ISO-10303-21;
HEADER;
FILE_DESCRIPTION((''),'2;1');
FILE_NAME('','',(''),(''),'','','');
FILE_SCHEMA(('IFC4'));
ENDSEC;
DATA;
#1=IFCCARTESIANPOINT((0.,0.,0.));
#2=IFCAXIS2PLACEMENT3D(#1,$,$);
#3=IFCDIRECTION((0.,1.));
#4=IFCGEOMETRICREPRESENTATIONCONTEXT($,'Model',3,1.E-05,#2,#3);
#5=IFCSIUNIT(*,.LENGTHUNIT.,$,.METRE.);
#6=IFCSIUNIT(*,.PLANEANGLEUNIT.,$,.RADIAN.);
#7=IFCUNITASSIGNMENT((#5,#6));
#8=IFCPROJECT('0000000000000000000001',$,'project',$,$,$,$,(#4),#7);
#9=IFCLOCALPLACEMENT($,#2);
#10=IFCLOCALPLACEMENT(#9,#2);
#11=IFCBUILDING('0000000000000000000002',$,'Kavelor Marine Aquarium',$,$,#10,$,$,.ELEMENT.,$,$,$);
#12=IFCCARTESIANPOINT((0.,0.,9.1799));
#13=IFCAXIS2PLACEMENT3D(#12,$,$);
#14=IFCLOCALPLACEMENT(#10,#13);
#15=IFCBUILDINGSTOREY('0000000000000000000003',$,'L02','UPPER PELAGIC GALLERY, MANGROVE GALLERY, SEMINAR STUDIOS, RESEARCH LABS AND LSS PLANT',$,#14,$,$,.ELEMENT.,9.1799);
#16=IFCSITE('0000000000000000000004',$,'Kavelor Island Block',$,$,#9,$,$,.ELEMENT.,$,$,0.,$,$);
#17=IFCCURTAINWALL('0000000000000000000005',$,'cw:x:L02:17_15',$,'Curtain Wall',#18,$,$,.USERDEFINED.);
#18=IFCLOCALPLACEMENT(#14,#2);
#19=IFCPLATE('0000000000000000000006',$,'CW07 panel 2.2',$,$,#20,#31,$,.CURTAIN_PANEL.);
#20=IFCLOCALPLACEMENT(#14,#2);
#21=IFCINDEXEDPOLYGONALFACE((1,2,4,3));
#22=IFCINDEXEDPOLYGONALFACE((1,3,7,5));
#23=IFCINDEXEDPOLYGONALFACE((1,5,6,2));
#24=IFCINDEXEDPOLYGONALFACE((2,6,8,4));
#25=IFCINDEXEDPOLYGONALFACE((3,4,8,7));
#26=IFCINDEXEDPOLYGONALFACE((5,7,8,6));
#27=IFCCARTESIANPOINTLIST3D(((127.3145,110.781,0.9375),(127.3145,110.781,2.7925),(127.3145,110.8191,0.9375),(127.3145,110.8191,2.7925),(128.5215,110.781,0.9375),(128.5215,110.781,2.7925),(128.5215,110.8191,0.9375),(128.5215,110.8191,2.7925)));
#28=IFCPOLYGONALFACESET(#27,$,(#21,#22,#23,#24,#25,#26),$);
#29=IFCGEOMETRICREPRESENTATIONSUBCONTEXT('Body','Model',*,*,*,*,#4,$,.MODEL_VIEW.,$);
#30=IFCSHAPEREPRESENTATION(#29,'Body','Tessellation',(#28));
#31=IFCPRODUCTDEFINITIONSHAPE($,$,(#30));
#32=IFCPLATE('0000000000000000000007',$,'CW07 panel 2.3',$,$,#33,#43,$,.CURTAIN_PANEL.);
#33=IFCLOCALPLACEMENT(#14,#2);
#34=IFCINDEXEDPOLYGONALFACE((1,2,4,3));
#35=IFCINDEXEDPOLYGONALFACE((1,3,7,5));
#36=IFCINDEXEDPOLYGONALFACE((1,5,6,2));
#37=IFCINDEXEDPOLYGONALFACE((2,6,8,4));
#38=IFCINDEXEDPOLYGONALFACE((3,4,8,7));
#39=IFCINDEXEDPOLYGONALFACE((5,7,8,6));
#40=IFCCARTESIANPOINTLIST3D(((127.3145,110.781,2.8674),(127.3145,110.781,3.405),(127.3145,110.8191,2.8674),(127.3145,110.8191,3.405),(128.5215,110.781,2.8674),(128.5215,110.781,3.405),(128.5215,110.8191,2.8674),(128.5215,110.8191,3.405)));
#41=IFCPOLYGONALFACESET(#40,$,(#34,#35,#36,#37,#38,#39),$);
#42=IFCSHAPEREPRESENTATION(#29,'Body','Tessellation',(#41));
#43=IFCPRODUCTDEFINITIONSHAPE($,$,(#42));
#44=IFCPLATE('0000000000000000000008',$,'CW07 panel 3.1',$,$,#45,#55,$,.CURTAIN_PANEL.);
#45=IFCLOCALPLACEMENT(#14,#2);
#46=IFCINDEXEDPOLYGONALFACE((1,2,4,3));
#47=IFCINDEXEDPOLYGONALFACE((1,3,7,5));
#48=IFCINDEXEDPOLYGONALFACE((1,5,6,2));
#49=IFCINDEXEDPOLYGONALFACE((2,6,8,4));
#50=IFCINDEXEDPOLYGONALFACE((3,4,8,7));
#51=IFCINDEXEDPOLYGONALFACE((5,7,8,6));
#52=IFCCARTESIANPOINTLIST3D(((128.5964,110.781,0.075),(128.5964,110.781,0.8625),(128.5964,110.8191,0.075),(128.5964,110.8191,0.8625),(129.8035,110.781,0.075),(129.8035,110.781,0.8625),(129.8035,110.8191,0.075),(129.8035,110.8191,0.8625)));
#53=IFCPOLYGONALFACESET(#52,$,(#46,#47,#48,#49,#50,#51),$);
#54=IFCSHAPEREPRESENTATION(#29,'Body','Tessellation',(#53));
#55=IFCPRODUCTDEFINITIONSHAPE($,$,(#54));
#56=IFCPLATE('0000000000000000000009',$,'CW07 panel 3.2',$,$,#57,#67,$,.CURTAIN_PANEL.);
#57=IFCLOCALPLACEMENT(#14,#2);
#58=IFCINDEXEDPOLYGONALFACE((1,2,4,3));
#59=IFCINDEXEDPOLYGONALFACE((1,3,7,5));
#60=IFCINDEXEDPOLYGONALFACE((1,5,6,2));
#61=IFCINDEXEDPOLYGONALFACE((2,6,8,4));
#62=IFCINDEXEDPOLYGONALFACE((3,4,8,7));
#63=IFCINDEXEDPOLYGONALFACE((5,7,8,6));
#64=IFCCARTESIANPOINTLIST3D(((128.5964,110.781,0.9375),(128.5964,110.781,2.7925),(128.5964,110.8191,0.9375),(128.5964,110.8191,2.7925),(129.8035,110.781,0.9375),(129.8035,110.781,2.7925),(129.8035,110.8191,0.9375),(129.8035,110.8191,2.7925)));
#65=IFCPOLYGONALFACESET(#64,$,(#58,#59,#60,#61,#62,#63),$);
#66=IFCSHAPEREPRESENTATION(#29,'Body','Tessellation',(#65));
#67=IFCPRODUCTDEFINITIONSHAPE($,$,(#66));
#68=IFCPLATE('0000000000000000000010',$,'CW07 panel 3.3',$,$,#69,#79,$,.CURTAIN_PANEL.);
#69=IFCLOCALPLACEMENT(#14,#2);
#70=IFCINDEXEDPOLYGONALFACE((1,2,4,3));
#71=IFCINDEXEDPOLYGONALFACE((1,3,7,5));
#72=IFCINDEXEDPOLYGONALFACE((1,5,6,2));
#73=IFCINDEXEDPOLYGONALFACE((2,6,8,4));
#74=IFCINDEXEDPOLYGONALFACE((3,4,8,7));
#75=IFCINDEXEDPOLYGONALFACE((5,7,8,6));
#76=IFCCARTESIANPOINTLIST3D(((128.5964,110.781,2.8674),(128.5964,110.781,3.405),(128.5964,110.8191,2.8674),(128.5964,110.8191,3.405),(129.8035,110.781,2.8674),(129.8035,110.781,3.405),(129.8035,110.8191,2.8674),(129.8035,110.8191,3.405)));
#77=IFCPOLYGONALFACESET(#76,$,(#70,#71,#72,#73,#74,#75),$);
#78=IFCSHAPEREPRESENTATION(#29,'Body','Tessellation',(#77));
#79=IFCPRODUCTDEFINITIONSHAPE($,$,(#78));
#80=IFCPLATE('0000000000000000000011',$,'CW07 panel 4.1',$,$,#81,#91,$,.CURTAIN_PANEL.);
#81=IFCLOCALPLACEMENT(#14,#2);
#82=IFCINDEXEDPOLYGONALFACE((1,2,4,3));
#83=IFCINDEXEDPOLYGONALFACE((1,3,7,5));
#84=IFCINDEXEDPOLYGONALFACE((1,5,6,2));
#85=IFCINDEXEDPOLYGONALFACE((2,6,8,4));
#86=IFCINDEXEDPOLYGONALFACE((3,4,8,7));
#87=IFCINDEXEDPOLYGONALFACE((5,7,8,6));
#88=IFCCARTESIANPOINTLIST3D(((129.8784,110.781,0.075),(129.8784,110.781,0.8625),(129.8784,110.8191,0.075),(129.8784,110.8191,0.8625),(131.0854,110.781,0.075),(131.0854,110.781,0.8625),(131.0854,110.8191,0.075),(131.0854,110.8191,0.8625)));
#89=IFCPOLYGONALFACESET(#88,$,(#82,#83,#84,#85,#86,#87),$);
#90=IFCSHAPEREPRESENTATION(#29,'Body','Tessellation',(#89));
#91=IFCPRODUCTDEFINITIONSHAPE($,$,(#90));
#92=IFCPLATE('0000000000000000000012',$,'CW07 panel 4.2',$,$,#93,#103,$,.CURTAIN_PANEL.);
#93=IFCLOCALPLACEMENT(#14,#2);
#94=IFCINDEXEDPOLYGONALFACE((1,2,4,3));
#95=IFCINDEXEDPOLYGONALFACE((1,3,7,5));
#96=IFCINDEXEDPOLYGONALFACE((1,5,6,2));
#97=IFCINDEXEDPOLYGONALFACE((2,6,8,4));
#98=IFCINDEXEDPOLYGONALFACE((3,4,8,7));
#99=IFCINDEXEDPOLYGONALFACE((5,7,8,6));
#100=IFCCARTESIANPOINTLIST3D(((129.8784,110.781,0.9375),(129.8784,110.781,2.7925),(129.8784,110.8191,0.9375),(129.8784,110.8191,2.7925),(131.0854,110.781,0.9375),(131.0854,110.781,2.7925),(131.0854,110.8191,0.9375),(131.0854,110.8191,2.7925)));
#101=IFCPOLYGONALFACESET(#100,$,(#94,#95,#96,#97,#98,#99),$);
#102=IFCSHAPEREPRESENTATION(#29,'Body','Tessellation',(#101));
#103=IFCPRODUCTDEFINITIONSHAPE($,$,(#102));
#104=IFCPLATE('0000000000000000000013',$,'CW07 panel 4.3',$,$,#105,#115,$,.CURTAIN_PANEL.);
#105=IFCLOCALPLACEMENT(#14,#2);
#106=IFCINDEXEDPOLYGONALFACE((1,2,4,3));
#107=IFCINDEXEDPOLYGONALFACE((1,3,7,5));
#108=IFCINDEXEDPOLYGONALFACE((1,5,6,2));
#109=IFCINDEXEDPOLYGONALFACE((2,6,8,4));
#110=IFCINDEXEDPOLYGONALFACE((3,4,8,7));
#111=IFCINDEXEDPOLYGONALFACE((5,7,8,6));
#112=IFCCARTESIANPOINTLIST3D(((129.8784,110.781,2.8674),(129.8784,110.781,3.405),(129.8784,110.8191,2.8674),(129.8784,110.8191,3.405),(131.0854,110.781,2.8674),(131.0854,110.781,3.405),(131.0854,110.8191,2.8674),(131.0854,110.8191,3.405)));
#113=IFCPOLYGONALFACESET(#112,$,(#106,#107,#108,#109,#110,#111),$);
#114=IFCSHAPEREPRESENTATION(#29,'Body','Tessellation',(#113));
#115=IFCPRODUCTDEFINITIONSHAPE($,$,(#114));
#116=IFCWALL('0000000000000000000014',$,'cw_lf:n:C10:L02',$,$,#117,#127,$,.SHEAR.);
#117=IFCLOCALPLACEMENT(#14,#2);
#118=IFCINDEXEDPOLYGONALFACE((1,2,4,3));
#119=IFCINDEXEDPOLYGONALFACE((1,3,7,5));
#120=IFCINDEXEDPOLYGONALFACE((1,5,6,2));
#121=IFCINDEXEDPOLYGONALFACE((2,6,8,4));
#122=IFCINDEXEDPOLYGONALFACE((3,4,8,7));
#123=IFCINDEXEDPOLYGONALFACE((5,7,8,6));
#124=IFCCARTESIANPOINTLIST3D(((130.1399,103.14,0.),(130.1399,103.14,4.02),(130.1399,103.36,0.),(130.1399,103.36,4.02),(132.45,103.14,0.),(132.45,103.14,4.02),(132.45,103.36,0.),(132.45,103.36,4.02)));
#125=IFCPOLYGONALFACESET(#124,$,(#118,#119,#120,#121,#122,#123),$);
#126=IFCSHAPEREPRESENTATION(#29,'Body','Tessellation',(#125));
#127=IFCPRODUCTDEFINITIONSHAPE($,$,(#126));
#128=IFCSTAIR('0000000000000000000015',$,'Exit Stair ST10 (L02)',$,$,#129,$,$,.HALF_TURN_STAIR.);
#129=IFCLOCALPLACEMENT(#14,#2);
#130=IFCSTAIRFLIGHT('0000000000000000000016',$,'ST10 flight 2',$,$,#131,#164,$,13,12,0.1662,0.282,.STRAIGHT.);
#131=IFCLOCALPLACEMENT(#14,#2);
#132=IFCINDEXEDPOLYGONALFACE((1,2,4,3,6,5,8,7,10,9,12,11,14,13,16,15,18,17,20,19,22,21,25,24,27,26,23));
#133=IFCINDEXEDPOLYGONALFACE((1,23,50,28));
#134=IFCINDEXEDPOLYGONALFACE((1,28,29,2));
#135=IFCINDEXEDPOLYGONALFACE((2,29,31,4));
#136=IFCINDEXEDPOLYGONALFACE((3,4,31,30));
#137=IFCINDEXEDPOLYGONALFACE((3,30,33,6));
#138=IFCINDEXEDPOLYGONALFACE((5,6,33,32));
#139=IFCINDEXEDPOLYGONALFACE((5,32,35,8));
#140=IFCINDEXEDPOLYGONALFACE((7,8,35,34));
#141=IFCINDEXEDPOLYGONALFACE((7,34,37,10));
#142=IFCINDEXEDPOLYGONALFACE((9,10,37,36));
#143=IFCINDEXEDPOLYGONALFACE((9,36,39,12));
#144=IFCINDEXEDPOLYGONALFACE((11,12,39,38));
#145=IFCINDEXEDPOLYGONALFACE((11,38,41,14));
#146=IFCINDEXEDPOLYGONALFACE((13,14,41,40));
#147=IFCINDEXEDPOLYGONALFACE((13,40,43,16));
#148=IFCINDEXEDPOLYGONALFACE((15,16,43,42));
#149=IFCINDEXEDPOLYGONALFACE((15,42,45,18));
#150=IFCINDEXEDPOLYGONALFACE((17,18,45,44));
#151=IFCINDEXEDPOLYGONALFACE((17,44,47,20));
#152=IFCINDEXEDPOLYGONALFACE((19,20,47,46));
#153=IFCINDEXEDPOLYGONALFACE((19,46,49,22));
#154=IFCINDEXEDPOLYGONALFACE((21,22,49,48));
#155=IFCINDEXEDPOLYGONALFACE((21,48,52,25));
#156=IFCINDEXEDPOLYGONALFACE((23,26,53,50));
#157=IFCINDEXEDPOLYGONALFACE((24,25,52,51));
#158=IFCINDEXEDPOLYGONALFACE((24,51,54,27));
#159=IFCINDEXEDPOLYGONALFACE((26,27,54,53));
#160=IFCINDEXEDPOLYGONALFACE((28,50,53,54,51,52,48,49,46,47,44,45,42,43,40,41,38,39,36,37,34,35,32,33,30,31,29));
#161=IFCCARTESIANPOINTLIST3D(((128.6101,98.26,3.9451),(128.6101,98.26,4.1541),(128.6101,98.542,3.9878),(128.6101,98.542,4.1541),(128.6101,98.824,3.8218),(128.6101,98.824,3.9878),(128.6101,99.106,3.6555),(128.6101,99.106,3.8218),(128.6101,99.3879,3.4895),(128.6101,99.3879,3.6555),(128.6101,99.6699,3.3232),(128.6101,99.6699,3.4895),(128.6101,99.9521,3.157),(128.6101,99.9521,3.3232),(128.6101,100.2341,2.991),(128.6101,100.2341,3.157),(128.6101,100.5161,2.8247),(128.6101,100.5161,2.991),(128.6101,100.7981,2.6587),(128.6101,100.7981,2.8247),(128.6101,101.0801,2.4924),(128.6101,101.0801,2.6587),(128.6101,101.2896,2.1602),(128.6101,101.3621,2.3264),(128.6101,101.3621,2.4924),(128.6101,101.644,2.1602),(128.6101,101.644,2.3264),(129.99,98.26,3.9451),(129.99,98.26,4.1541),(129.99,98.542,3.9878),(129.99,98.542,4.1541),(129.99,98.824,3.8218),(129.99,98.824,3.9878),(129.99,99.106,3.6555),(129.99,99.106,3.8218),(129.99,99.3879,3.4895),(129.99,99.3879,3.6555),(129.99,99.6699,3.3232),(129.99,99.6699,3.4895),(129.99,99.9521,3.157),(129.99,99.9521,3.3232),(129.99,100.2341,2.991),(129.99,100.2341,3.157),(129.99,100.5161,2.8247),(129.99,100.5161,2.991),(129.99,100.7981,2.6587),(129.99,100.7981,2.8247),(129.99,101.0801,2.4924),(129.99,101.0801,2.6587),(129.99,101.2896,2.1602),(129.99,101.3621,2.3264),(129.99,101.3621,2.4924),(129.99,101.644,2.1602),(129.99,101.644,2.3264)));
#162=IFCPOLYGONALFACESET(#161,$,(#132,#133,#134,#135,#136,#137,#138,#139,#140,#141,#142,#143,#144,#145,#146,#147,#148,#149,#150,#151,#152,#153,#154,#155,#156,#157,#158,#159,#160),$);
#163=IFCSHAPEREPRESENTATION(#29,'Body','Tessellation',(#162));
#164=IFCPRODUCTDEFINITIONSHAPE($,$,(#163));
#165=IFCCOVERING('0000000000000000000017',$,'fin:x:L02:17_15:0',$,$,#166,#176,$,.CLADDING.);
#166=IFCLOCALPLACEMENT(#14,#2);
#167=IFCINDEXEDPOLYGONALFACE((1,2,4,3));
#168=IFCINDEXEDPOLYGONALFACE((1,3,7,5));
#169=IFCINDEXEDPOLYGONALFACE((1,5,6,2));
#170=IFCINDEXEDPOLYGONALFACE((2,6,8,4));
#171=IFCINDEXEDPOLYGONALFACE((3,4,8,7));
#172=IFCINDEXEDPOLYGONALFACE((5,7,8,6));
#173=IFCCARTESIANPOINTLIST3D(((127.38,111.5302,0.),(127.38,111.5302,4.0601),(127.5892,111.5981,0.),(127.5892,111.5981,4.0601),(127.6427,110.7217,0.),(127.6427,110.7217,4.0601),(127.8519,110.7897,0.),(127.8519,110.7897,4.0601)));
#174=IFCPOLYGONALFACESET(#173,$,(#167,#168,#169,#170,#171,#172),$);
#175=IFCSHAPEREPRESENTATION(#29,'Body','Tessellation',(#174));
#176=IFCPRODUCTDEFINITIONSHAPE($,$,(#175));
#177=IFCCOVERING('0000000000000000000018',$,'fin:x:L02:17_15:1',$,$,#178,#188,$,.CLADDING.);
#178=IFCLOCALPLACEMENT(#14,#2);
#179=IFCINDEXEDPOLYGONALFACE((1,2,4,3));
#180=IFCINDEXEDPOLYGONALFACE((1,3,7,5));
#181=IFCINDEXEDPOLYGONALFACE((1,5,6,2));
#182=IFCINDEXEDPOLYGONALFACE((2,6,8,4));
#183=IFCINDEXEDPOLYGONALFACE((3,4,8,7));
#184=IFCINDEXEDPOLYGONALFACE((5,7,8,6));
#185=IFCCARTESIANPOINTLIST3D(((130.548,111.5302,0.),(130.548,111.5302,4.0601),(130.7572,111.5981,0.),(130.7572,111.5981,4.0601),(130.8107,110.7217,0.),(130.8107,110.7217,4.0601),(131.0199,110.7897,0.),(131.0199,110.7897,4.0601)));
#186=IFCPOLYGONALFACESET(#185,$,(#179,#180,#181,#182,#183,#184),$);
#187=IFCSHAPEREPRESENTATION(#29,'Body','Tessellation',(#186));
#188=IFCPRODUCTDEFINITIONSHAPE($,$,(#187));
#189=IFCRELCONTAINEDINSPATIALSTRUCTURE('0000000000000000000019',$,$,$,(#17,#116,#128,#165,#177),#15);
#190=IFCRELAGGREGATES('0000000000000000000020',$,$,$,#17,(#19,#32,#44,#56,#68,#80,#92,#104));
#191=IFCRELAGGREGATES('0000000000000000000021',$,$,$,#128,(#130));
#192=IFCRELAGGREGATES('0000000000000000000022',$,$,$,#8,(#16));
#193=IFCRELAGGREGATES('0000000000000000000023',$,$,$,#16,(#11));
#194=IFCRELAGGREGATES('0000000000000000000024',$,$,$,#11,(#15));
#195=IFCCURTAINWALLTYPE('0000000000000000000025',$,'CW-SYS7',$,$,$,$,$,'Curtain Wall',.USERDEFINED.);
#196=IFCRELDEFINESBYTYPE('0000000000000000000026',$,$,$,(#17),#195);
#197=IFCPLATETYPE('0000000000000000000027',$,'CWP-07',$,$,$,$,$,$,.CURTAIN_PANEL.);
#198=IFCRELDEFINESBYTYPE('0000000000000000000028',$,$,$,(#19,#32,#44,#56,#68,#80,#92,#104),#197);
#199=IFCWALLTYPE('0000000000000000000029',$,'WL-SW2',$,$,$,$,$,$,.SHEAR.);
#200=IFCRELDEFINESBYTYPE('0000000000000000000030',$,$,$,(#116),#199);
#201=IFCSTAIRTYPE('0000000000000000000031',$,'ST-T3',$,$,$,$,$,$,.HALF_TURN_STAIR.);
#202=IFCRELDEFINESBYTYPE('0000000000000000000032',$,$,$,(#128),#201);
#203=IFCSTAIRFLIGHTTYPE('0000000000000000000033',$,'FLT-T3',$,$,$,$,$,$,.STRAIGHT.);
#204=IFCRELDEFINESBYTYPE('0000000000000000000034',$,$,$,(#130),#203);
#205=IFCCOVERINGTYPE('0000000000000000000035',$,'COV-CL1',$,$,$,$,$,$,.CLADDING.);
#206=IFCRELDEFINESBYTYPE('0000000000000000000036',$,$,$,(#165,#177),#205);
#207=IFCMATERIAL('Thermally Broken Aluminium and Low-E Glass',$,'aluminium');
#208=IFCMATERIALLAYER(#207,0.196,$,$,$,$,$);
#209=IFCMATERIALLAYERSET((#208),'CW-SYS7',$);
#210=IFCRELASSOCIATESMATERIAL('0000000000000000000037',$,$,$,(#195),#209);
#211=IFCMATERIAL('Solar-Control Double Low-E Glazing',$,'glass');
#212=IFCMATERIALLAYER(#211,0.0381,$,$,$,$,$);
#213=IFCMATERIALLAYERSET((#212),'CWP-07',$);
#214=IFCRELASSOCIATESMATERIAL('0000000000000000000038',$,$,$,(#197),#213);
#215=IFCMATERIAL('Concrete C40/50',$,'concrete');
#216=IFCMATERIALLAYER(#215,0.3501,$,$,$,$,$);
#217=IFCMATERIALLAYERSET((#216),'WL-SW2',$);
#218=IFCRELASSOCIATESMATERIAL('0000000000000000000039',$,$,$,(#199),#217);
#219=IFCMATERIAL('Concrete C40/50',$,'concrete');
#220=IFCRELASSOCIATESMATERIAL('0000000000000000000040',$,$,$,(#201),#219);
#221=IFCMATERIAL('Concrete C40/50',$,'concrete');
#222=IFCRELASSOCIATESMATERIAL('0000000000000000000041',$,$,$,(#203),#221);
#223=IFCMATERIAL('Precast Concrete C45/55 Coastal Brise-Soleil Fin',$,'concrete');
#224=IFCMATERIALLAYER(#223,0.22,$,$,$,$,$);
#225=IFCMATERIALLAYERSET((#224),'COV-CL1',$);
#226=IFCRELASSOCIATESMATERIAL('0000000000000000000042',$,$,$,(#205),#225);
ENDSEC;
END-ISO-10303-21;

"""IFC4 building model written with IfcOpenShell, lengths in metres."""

from ifc_helpers import new_model, si_unit, direction, frame, frame_2d, origin, origin_2d, place, context, subcontext, project, spatial, polyline, rectangle, outline, extrude, material, layer, layer_set, type_object, element, aggregate, save


model = new_model("IFC4")

# Units and contexts
model_context = context("Model", 3, precision=1e-05, world=origin(), true_north=direction((0.0, 1.0)))
body_context = subcontext(model_context, "Body", "Model", "MODEL_VIEW")
ifc_project = project(units=[si_unit("LENGTHUNIT", "METRE"), si_unit("PLANEANGLEUNIT", "RADIAN")], contexts=[model_context])

# Site, building, storey
site_placement = place(None, origin())
site = spatial("IfcSite", under=ifc_project, at=site_placement, Name="Kavelor Island Block", CompositionType="ELEMENT", RefElevation=0.0)
building_placement = place(site_placement, origin())
building = spatial("IfcBuilding", under=site, at=building_placement, Name="Kavelor Marine Aquarium", CompositionType="ELEMENT")
storey_placement = place(building_placement, frame((0.0, 0.0, 9.1799)))
storey = spatial("IfcBuildingStorey", under=building, at=storey_placement, Name="L02", Description="UPPER PELAGIC GALLERY, MANGROVE GALLERY, SEMINAR STUDIOS, RESEARCH LABS AND LSS PLANT", CompositionType="ELEMENT", Elevation=9.1799)

# Curtain wall, plates
ifc_material_1 = material(Name="Thermally Broken Aluminium and Low-E Glass", Category="aluminium")
ifc_layer_1 = layer(ifc_material_1, 0.196)
ifc_layer_set_1 = layer_set([ifc_layer_1], Name="CW-SYS7")
curtain_wall_type = type_object("IfcCurtainWallType", Name="CW-SYS7", ElementType="Curtain Wall", PredefinedType="USERDEFINED", material=ifc_layer_set_1)
curtain_wall_placement = place(storey_placement, origin())
curtain_wall = element("IfcCurtainWall", 1, at=curtain_wall_placement, inside=storey, type_object=curtain_wall_type, Name="cw:x:L02:17_15", ObjectType="Curtain Wall", PredefinedType="USERDEFINED")
ifc_material_2 = material(Name="Solar-Control Double Low-E Glazing", Category="glass")
ifc_layer_2 = layer(ifc_material_2, 0.0381)
ifc_layer_set_2 = layer_set([ifc_layer_2], Name="CWP-07")
plate_type = type_object("IfcPlateType", Name="CWP-07", PredefinedType="CURTAIN_PANEL", material=ifc_layer_set_2)
plate_1_placement = place(storey_placement, frame((127.918, 110.8, 0.9375), z_axis=(0.0, 0.0, 1.0), x_axis=(1.0, 0.0, 0.0)))
plate_1 = element("IfcPlate", 2, at=plate_1_placement, type_object=plate_type, Name="CW07 panel 2.2", PredefinedType="CURTAIN_PANEL", context=body_context, shape_type="SweptSolid", body=[
    extrude(rectangle(XDim=1.207, YDim=0.0381, at=origin_2d()), origin(), (0.0, 0.0, 1.0), 1.855),
])
plate_2_placement = place(storey_placement, frame((127.918, 110.8, 2.8674), z_axis=(0.0, 0.0, 1.0), x_axis=(1.0, 0.0, 0.0)))
plate_2 = element("IfcPlate", 3, at=plate_2_placement, type_object=plate_type, Name="CW07 panel 2.3", PredefinedType="CURTAIN_PANEL", context=body_context, shape_type="SweptSolid", body=[
    extrude(rectangle(XDim=1.207, YDim=0.0381, at=origin_2d()), origin(), (0.0, 0.0, 1.0), 0.5376),
])
plate_3_placement = place(storey_placement, frame((129.2, 110.8, 0.075), z_axis=(0.0, 0.0, 1.0), x_axis=(1.0, 0.0, 0.0)))
plate_3 = element("IfcPlate", 4, at=plate_3_placement, type_object=plate_type, Name="CW07 panel 3.1", PredefinedType="CURTAIN_PANEL", context=body_context, shape_type="SweptSolid", body=[
    extrude(rectangle(XDim=1.207, YDim=0.0381, at=origin_2d()), origin(), (0.0, 0.0, 1.0), 0.7876),
])
plate_4_placement = place(storey_placement, frame((129.2, 110.8, 0.9375), z_axis=(0.0, 0.0, 1.0), x_axis=(1.0, 0.0, 0.0)))
plate_4 = element("IfcPlate", 5, at=plate_4_placement, type_object=plate_type, Name="CW07 panel 3.2", PredefinedType="CURTAIN_PANEL", context=body_context, shape_type="SweptSolid", body=[
    extrude(rectangle(XDim=1.207, YDim=0.0381, at=origin_2d()), origin(), (0.0, 0.0, 1.0), 1.855),
])
plate_5_placement = place(storey_placement, frame((129.2, 110.8, 2.8674), z_axis=(0.0, 0.0, 1.0), x_axis=(1.0, 0.0, 0.0)))
plate_5 = element("IfcPlate", 6, at=plate_5_placement, type_object=plate_type, Name="CW07 panel 3.3", PredefinedType="CURTAIN_PANEL", context=body_context, shape_type="SweptSolid", body=[
    extrude(rectangle(XDim=1.207, YDim=0.0381, at=origin_2d()), origin(), (0.0, 0.0, 1.0), 0.5376),
])
plate_6_placement = place(storey_placement, frame((130.4819, 110.8, 0.075), z_axis=(0.0, 0.0, 1.0), x_axis=(1.0, 0.0, 0.0)))
plate_6 = element("IfcPlate", 7, at=plate_6_placement, type_object=plate_type, Name="CW07 panel 4.1", PredefinedType="CURTAIN_PANEL", context=body_context, shape_type="SweptSolid", body=[
    extrude(rectangle(XDim=1.207, YDim=0.0381, at=origin_2d()), origin(), (0.0, 0.0, 1.0), 0.7876),
])
plate_7_placement = place(storey_placement, frame((130.4819, 110.8, 0.9375), z_axis=(0.0, 0.0, 1.0), x_axis=(1.0, 0.0, 0.0)))
plate_7 = element("IfcPlate", 8, at=plate_7_placement, type_object=plate_type, Name="CW07 panel 4.2", PredefinedType="CURTAIN_PANEL", context=body_context, shape_type="SweptSolid", body=[
    extrude(rectangle(XDim=1.207, YDim=0.0381, at=origin_2d()), origin(), (0.0, 0.0, 1.0), 1.855),
])
plate_8_placement = place(storey_placement, frame((130.4819, 110.8, 2.8674), z_axis=(0.0, 0.0, 1.0), x_axis=(1.0, 0.0, 0.0)))
plate_8 = element("IfcPlate", 9, at=plate_8_placement, type_object=plate_type, Name="CW07 panel 4.3", PredefinedType="CURTAIN_PANEL", context=body_context, shape_type="SweptSolid", body=[
    extrude(rectangle(XDim=1.207, YDim=0.0381, at=origin_2d()), origin(), (0.0, 0.0, 1.0), 0.5376),
])
aggregate(curtain_wall, [plate_1, plate_2, plate_3, plate_4, plate_5, plate_6, plate_7, plate_8])

# Wall
ifc_material_3 = material(Name="Concrete C40/50", Category="concrete")
ifc_layer_3 = layer(ifc_material_3, 0.3501)
ifc_layer_set_3 = layer_set([ifc_layer_3], Name="WL-SW2")
wall_type = type_object("IfcWallType", Name="WL-SW2", PredefinedType="SHEAR", material=ifc_layer_set_3)
wall_placement = place(storey_placement, frame((130.1399, 103.25, 0.0), z_axis=(0.0, 0.0, 1.0), x_axis=(1.0, 0.0, 0.0)))
element("IfcWall", 10, at=wall_placement, inside=storey, type_object=wall_type, Name="cw_lf:n:C10:L02", PredefinedType="SHEAR", context=body_context, shape_type="SweptSolid", body=[
    extrude(rectangle(XDim=2.3101, YDim=0.22, at=frame_2d((1.155, 0.0))), origin(), (0.0, 0.0, 1.0), 4.02),
])

# Stair, stair flight
ifc_material_4 = material(Name="Concrete C40/50", Category="concrete")
stair_type = type_object("IfcStairType", Name="ST-T3", PredefinedType="HALF_TURN_STAIR", material=ifc_material_4)
stair_placement = place(storey_placement, origin())
stair = element("IfcStair", 11, at=stair_placement, inside=storey, type_object=stair_type, Name="Exit Stair ST10 (L02)", PredefinedType="HALF_TURN_STAIR")
ifc_material_5 = material(Name="Concrete C40/50", Category="concrete")
stair_flight_type = type_object("IfcStairFlightType", Name="FLT-T3", PredefinedType="STRAIGHT", material=ifc_material_5)
stair_flight_placement = place(storey_placement, frame((129.3, 101.644, 2.1602), z_axis=(0.0, 0.0, 1.0), x_axis=(0.0, -1.0, 0.0)))
stair_flight = element("IfcStairFlight", 12, at=stair_flight_placement, type_object=stair_flight_type, Name="ST10 flight 2", NumberOfRisers=13, NumberOfTreads=12, PredefinedType="STRAIGHT", RiserHeight=0.1662, TreadLength=0.282, context=body_context, shape_type="SweptSolid", body=[
    extrude(outline(polyline([(0.0, 0.0), (0.0, 0.1663), (0.282, 0.1663), (0.282, 0.3323), (0.564, 0.3323), (0.564, 0.4985), (0.8459, 0.4985), (0.8459, 0.6646), (1.1279, 0.6646), (1.1279, 0.8308), (1.4099, 0.8308), (1.4099, 0.9968), (1.6919, 0.9968), (1.6919, 1.1631), (1.9741, 1.1631), (1.9741, 1.3293), (2.2561, 1.3293), (2.2561, 1.4954), (2.5381, 1.4954), (2.5381, 1.6616), (2.8201, 1.6616), (2.8201, 1.8276), (3.1021, 1.8276), (3.1021, 1.9939), (3.384, 1.9939), (3.384, 2.1599), (3.384, 1.7849), (0.3545, 0.0), (0.0, 0.0)])), frame((0.0, 0.6899, 0.0), z_axis=(0.0, -1.0, 0.0), x_axis=(1.0, 0.0, 0.0)), (0.0, 0.0, 1.0), 1.3799),
])
aggregate(stair, [stair_flight])

# Coverings
ifc_material_6 = material(Name="Precast Concrete C45/55 Coastal Brise-Soleil Fin", Category="concrete")
ifc_layer_4 = layer(ifc_material_6, 0.22)
ifc_layer_set_4 = layer_set([ifc_layer_4], Name="COV-CL1")
covering_type = type_object("IfcCoveringType", Name="COV-CL1", PredefinedType="CLADDING", material=ifc_layer_set_4)
for number, where, z_axis, x_axis, name in (
    (13, (127.616, 111.1599, 0.0), (0.0, 0.0, 1.0), (0.951057, 0.309017, 0.0), "fin:x:L02:17_15:0"),
    (14, (130.7839, 111.1599, 0.0), (0.0, 0.0, 1.0), (0.951057, 0.309017, 0.0), "fin:x:L02:17_15:1"),
):
    element("IfcCovering", number, at=place(storey_placement, frame(where, z_axis=z_axis, x_axis=x_axis)), inside=storey, type_object=covering_type, Name=name, PredefinedType="CLADDING", context=body_context, shape_type="SweptSolid", body=[
        extrude(rectangle(XDim=0.22, YDim=0.8501, at=origin_2d()), origin(), (0.0, 0.0, 1.0), 4.0601),
    ])

save(model, "model.ifc")
